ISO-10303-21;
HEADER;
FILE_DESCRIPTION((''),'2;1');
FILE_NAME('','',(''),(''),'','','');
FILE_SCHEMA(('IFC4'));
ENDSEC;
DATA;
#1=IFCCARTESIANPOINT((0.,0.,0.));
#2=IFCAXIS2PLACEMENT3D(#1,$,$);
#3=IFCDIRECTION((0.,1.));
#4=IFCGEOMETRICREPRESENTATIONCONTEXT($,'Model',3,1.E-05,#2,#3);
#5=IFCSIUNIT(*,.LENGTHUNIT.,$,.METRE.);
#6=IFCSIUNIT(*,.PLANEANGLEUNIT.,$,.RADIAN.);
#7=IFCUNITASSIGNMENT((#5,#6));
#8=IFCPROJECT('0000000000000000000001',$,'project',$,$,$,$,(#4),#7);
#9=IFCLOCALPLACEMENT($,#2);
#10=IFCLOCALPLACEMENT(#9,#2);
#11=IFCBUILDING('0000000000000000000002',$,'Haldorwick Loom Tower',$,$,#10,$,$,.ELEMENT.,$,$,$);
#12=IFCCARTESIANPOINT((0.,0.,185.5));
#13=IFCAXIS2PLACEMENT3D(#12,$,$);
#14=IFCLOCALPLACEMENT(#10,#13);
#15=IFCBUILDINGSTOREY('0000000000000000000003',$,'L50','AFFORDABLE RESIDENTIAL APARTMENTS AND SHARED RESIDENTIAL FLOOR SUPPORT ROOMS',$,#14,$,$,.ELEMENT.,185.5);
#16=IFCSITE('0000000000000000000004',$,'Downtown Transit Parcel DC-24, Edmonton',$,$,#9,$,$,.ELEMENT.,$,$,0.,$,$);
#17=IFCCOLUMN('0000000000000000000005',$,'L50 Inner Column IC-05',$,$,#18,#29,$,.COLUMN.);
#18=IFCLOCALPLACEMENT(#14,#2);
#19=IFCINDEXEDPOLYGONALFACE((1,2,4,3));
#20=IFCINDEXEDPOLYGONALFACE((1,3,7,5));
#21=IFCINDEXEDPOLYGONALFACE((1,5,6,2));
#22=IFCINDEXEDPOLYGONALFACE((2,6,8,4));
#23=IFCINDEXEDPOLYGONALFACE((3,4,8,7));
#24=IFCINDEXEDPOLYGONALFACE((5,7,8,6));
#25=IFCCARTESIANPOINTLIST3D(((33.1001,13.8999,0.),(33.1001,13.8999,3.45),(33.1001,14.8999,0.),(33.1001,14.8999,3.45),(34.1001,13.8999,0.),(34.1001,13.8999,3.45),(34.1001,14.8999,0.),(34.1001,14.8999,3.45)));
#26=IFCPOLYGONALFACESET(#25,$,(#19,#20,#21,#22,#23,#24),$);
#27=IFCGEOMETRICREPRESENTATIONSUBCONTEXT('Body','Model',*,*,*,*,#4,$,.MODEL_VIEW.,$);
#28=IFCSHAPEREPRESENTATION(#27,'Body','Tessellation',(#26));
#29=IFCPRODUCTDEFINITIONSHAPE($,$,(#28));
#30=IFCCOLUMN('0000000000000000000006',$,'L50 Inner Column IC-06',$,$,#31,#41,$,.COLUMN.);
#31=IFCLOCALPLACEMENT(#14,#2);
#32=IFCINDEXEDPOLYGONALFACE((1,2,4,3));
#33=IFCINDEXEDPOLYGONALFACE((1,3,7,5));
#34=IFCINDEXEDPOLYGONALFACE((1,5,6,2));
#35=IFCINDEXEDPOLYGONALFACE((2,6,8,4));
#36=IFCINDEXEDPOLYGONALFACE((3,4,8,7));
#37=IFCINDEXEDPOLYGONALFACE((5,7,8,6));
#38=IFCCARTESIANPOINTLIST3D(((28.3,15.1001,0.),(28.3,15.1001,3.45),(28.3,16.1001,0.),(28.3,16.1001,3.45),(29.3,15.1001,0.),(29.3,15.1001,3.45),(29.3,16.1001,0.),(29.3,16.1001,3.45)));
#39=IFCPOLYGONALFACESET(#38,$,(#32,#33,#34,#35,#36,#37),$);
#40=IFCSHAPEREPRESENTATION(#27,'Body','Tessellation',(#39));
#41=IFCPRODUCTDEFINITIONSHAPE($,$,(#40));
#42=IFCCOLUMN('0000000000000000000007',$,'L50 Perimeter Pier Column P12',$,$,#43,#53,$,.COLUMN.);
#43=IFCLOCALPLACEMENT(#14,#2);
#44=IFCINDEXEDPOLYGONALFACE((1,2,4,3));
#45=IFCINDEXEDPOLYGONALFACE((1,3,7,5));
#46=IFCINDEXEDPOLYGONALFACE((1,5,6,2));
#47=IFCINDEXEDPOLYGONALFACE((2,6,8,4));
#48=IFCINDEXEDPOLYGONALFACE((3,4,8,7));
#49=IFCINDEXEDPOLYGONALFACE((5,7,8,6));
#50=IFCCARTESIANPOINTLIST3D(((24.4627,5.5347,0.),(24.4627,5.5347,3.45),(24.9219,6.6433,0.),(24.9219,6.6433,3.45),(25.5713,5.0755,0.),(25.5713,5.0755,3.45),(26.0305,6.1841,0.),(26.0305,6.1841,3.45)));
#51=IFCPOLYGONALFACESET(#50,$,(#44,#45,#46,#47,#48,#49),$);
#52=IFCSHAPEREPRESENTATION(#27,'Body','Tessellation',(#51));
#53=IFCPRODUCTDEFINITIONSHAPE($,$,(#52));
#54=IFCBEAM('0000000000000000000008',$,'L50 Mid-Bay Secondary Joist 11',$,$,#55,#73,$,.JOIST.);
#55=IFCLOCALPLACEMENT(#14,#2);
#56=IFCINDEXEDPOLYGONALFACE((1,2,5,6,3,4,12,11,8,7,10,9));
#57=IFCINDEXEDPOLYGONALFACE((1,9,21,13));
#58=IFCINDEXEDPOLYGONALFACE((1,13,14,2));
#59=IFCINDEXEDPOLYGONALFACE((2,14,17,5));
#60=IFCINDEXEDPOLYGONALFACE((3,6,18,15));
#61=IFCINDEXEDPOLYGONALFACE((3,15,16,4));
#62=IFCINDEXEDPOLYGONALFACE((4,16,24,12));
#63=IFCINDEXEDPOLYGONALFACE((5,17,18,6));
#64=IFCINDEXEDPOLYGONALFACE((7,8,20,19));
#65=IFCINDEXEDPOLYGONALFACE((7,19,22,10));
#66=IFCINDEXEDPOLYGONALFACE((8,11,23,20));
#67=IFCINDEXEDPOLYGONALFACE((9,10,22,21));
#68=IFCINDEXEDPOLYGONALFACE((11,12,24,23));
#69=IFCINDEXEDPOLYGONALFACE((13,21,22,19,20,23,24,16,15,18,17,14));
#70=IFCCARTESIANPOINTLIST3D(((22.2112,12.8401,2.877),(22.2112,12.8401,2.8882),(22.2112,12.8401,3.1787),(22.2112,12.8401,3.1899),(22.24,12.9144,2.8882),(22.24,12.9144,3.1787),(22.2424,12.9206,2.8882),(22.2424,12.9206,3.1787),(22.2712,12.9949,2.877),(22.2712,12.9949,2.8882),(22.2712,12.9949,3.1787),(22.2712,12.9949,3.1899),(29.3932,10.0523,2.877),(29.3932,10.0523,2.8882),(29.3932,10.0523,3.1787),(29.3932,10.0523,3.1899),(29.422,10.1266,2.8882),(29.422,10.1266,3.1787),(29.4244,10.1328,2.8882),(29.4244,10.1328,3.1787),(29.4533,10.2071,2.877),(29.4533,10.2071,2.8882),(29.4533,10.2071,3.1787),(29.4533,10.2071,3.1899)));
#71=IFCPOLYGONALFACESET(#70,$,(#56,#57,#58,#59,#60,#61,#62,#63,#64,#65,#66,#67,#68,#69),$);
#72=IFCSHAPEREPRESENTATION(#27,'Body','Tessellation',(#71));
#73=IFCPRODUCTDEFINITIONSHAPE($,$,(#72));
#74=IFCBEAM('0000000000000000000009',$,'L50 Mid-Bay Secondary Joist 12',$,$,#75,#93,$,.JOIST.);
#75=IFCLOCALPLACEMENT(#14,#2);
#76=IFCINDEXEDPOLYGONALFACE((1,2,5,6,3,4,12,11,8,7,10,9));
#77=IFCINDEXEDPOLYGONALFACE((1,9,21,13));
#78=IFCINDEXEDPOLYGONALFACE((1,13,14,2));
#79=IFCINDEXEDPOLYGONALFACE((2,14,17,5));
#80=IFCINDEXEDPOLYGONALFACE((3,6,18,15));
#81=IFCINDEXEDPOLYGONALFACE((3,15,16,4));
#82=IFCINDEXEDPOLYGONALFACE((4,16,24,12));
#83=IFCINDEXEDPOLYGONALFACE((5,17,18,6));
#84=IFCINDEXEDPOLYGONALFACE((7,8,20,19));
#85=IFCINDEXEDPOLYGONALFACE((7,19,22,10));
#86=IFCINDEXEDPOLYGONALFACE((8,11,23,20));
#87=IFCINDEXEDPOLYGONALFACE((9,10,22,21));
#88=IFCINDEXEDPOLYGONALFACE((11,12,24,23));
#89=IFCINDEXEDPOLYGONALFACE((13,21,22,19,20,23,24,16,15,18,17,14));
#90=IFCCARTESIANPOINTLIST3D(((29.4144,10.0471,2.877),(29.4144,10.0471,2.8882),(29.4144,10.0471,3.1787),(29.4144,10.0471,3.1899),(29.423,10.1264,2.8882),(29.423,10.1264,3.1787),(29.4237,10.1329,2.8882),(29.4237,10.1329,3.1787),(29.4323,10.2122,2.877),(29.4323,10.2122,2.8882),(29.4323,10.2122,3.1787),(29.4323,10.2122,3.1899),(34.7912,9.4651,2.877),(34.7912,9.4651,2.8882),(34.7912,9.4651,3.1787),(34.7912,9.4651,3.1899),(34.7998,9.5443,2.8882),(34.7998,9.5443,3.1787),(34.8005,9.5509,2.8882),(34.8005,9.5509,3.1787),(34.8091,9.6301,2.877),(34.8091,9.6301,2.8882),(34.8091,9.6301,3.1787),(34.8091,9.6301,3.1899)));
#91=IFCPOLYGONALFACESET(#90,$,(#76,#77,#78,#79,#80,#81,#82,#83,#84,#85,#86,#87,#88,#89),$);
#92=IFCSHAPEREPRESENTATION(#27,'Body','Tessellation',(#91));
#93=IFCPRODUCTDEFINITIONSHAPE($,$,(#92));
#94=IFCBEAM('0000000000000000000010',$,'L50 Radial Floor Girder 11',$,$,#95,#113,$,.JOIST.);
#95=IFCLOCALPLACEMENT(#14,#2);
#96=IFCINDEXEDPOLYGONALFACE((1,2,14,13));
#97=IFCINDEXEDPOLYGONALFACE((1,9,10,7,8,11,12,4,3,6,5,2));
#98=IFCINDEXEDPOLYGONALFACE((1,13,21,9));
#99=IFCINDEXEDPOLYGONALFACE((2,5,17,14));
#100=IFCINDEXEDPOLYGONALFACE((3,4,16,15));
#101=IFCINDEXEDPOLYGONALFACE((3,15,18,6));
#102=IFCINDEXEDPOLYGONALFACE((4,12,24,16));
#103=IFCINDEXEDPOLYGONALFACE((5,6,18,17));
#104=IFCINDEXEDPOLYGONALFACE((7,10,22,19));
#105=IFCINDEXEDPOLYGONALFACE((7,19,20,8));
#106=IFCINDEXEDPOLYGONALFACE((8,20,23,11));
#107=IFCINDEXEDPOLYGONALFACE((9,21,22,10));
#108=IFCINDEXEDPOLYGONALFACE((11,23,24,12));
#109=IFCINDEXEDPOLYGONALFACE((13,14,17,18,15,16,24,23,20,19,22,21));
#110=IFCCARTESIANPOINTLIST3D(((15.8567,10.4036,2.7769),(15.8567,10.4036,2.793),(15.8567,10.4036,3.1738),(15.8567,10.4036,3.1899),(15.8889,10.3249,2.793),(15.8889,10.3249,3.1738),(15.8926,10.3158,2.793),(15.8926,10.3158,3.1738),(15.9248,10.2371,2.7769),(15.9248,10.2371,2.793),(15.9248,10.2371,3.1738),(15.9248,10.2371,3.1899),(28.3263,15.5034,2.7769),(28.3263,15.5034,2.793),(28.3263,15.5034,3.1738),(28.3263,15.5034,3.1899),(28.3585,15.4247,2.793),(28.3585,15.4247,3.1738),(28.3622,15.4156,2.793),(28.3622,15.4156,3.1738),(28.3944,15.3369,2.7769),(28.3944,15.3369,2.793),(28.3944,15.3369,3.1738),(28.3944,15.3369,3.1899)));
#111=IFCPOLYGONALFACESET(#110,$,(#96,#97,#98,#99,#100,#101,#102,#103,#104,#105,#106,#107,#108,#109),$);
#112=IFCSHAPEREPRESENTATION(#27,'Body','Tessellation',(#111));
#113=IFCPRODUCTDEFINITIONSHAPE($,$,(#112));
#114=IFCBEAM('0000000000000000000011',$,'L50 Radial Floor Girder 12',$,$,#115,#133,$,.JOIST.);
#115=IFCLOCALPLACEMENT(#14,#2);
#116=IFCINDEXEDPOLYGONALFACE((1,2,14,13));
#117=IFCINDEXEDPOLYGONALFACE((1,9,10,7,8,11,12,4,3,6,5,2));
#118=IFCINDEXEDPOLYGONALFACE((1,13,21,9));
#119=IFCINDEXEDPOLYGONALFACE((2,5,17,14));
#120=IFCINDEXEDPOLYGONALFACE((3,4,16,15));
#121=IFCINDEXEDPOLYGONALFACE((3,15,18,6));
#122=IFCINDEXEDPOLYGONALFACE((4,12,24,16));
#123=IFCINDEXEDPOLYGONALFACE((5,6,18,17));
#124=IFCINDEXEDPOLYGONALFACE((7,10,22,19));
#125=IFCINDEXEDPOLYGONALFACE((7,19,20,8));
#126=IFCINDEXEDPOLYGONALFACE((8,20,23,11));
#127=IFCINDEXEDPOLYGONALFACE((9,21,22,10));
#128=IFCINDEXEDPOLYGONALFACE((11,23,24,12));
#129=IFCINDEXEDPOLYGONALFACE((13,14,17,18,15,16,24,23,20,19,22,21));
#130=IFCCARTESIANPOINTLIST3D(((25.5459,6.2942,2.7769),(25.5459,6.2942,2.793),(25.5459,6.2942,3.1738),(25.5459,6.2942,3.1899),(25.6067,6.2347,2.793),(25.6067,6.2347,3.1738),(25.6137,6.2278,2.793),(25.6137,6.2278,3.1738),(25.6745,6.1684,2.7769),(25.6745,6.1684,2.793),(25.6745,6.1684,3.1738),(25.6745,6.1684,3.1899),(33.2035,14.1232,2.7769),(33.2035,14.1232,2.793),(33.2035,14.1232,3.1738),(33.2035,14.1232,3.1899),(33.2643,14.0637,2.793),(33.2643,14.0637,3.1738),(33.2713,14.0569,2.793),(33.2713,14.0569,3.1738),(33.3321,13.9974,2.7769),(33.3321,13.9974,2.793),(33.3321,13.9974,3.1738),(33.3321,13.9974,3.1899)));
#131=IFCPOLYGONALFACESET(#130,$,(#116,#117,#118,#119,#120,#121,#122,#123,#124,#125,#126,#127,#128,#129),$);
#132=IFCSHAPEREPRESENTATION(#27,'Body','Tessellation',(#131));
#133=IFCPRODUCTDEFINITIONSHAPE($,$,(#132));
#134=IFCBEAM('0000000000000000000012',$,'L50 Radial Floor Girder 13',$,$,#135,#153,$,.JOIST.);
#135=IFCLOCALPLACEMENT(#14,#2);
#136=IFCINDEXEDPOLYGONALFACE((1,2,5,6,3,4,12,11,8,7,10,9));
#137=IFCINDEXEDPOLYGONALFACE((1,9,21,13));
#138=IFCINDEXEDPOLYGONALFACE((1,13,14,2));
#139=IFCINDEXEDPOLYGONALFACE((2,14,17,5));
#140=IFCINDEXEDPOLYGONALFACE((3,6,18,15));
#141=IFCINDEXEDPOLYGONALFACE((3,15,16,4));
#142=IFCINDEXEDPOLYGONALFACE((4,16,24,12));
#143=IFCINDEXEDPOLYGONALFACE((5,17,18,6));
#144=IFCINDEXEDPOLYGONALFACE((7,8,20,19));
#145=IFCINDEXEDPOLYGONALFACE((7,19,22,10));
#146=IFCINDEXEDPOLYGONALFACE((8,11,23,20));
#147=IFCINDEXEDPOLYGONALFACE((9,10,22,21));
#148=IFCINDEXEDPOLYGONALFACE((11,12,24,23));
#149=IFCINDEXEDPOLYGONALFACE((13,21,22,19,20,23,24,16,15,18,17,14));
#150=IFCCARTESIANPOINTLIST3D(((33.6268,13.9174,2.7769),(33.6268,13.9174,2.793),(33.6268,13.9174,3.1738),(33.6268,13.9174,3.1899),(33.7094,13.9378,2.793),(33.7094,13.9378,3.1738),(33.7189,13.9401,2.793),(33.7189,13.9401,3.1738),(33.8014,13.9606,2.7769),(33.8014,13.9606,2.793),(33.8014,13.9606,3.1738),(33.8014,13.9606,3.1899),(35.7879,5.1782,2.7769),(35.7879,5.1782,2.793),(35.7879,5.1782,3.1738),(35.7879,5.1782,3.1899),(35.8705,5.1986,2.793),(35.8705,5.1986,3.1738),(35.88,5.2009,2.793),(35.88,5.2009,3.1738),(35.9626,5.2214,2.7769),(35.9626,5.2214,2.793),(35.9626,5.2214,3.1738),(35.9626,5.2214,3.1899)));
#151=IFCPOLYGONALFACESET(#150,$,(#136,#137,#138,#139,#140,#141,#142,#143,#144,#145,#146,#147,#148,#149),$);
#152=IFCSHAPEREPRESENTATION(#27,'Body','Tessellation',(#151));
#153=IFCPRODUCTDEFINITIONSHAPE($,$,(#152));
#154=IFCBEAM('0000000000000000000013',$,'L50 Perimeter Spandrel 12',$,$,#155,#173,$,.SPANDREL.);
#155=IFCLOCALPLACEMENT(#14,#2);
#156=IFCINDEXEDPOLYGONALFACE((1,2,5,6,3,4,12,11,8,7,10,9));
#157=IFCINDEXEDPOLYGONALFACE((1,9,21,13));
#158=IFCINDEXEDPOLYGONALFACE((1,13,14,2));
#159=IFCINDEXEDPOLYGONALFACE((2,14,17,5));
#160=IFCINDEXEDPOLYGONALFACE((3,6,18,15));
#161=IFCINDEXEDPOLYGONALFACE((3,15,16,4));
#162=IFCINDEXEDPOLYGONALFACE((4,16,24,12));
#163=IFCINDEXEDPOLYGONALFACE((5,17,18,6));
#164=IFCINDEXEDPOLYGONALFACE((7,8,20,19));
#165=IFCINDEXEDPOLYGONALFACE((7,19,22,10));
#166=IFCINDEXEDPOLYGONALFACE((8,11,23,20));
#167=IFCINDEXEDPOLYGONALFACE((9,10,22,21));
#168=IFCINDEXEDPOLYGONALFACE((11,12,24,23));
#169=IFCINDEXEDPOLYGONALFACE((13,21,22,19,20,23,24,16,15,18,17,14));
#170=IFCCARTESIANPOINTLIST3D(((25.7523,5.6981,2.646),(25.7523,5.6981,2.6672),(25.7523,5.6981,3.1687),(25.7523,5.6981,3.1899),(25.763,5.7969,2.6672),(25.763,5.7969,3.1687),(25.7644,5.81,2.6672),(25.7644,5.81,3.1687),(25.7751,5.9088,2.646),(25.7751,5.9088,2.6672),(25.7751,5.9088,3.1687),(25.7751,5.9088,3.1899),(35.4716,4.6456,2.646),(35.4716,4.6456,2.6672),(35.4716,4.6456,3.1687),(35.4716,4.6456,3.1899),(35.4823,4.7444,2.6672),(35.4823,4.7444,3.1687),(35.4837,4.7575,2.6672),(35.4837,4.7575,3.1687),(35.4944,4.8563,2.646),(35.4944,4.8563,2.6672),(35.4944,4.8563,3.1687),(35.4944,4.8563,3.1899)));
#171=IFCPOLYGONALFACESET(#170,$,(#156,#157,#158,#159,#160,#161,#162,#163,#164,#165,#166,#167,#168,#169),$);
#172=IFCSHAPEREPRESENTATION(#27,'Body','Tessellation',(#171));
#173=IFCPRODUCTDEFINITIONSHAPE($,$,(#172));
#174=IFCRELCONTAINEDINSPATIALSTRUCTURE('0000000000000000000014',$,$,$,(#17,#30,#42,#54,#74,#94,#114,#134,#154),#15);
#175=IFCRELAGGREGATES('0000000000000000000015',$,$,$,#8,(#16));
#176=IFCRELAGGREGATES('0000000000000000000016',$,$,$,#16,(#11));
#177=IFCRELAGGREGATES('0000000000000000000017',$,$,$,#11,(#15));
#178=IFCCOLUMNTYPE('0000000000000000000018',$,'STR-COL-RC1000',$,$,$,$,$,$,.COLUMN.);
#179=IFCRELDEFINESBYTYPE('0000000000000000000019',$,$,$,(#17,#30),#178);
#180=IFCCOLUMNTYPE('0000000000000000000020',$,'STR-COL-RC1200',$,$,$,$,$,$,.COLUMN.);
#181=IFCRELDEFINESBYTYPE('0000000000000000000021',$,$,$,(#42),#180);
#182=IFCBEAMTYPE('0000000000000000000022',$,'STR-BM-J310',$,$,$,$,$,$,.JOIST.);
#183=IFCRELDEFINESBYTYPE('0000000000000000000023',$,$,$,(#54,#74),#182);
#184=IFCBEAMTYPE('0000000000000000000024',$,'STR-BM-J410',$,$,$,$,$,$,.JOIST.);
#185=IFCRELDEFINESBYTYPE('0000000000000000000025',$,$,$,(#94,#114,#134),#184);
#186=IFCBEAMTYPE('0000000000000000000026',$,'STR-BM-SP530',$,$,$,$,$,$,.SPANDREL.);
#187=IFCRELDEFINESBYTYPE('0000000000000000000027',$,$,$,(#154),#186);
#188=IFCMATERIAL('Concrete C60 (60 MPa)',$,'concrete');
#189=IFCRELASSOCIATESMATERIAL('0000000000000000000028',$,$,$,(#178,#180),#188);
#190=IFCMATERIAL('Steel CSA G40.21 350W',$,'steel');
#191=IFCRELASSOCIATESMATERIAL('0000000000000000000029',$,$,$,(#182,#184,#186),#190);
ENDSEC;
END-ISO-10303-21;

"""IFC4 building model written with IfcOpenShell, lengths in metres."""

from ifc_helpers import new_model, si_unit, direction, frame, origin, origin_2d, place, context, subcontext, project, spatial, rectangle, i_section, extrude, material, material_profile, profile_set, type_object, element, save


model = new_model("IFC4")

# Units and contexts
model_context = context("Model", 3, precision=1e-05, world=origin(), true_north=direction((0.0, 1.0)))
body_context = subcontext(model_context, "Body", "Model", "MODEL_VIEW")
ifc_project = project(units=[si_unit("LENGTHUNIT", "METRE"), si_unit("PLANEANGLEUNIT", "RADIAN")], contexts=[model_context])

# Site, building, storey
site_placement = place(None, origin())
site = spatial("IfcSite", under=ifc_project, at=site_placement, Name="Downtown Transit Parcel DC-24, Edmonton", CompositionType="ELEMENT", RefElevation=0.0)
building_placement = place(site_placement, origin())
building = spatial("IfcBuilding", under=site, at=building_placement, Name="Haldorwick Loom Tower", CompositionType="ELEMENT")
storey_placement = place(building_placement, frame((0.0, 0.0, 185.5)))
storey = spatial("IfcBuildingStorey", under=building, at=storey_placement, Name="L50", Description="AFFORDABLE RESIDENTIAL APARTMENTS AND SHARED RESIDENTIAL FLOOR SUPPORT ROOMS", CompositionType="ELEMENT", Elevation=185.5)

# Columns
ifc_material_1 = material(Name="Concrete C60 (60 MPa)", Category="concrete")
ifc_material_profile_1 = material_profile(ifc_material_1, rectangle(XDim=1.0, YDim=1.0, at=origin_2d()), Name="RC1000X1000", Category="concrete")
ifc_profile_set_1 = profile_set([ifc_material_profile_1], Name="Concrete C60 (60 MPa)")
column_type_1 = type_object("IfcColumnType", Name="STR-COL-RC1000", PredefinedType="COLUMN", material=ifc_profile_set_1)
for number, where, z_axis, x_axis, name in (
    (1, (33.6001, 14.3999, 0.0), (0.0, 0.0, 1.0), (1.0, 0.0, 0.0), "L50 Inner Column IC-05"),
    (2, (28.8, 15.6001, 0.0), (0.0, 0.0, 1.0), (1.0, 0.0, 0.0), "L50 Inner Column IC-06"),
):
    element("IfcColumn", number, at=place(storey_placement, frame(where, z_axis=z_axis, x_axis=x_axis)), inside=storey, type_object=column_type_1, Name=name, PredefinedType="COLUMN", context=body_context, shape_type="SweptSolid", body=[
        extrude(rectangle(XDim=1.0, YDim=1.0, at=origin_2d()), origin(), (0.0, 0.0, 1.0), 3.45),
    ])
ifc_material_profile_2 = material_profile(ifc_material_1, rectangle(XDim=1.2, YDim=1.2, at=origin_2d()), Name="RC1200X1200", Category="concrete")
ifc_profile_set_2 = profile_set([ifc_material_profile_2], Name="Concrete C60 (60 MPa)")
column_type_2 = type_object("IfcColumnType", Name="STR-COL-RC1200", PredefinedType="COLUMN", material=ifc_profile_set_2)
column_placement = place(storey_placement, frame((25.2466, 5.8594, 0.0), z_axis=(0.0, 0.0, 1.0), x_axis=(-0.382683, -0.92388, 0.0)))
element("IfcColumn", 3, at=column_placement, inside=storey, type_object=column_type_2, Name="L50 Perimeter Pier Column P12", PredefinedType="COLUMN", context=body_context, shape_type="SweptSolid", body=[
    extrude(rectangle(XDim=1.2, YDim=1.2, at=origin_2d()), origin(), (0.0, 0.0, 1.0), 3.45),
])

# Beams
ifc_material_2 = material(Name="Steel CSA G40.21 350W", Category="steel")
ifc_material_profile_3 = material_profile(ifc_material_2, i_section(OverallWidth=0.166, OverallDepth=0.313, WebThickness=0.0066, FlangeThickness=0.0112, at=origin_2d()), Name="W310X45", Category="steel")
ifc_profile_set_3 = profile_set([ifc_material_profile_3], Name="Steel CSA G40.21 350W")
beam_type_1 = type_object("IfcBeamType", Name="STR-BM-J310", PredefinedType="JOIST", material=ifc_profile_set_3)
beam_1_placement = place(storey_placement, frame((22.2412, 12.9175, 3.0334), z_axis=(0.932233, -0.361859, 0.0), x_axis=(0.361859, 0.932233, 0.0)))
element("IfcBeam", 4, at=beam_1_placement, inside=storey, type_object=beam_type_1, Name="L50 Mid-Bay Secondary Joist 11", PredefinedType="JOIST", context=body_context, shape_type="SweptSolid", body=[
    extrude(i_section(OverallWidth=0.166, OverallDepth=0.313, WebThickness=0.0066, FlangeThickness=0.0112, at=origin_2d()), origin(), (0.0, 0.0, 1.0), 7.7041),
])
beam_2_placement = place(storey_placement, frame((29.4233, 10.1296, 3.0334), z_axis=(0.994192, -0.107622, 0.0), x_axis=(0.107622, 0.994192, 0.0)))
element("IfcBeam", 5, at=beam_2_placement, inside=storey, type_object=beam_type_1, Name="L50 Mid-Bay Secondary Joist 12", PredefinedType="JOIST", context=body_context, shape_type="SweptSolid", body=[
    extrude(i_section(OverallWidth=0.166, OverallDepth=0.313, WebThickness=0.0066, FlangeThickness=0.0112, at=origin_2d()), origin(), (0.0, 0.0, 1.0), 5.4082),
])
ifc_material_profile_4 = material_profile(ifc_material_2, i_section(OverallWidth=0.1799, OverallDepth=0.4131, WebThickness=0.0098, FlangeThickness=0.0161, at=origin_2d()), Name="W410X74", Category="steel")
ifc_profile_set_4 = profile_set([ifc_material_profile_4], Name="Steel CSA G40.21 350W")
beam_type_2 = type_object("IfcBeamType", Name="STR-BM-J410", PredefinedType="JOIST", material=ifc_profile_set_4)
beam_3_placement = place(storey_placement, frame((28.3604, 15.4202, 2.9834), z_axis=(-0.925583, -0.378544, 0.0), x_axis=(0.378544, -0.925583, 0.0)))
element("IfcBeam", 6, at=beam_3_placement, inside=storey, type_object=beam_type_2, Name="L50 Radial Floor Girder 11", PredefinedType="JOIST", context=body_context, shape_type="SweptSolid", body=[
    extrude(i_section(OverallWidth=0.1799, OverallDepth=0.4131, WebThickness=0.0098, FlangeThickness=0.0161, at=origin_2d()), origin(), (0.0, 0.0, 1.0), 13.4722),
])
beam_4_placement = place(storey_placement, frame((33.2678, 14.0603, 2.9834), z_axis=(-0.699239, -0.714888, 0.0), x_axis=(0.714888, -0.699239, 0.0)))
element("IfcBeam", 7, at=beam_4_placement, inside=storey, type_object=beam_type_2, Name="L50 Radial Floor Girder 12", PredefinedType="JOIST", context=body_context, shape_type="SweptSolid", body=[
    extrude(i_section(OverallWidth=0.1799, OverallDepth=0.4131, WebThickness=0.0098, FlangeThickness=0.0161, at=origin_2d()), origin(), (0.0, 0.0, 1.0), 10.9514),
])
beam_5_placement = place(storey_placement, frame((33.7141, 13.939, 2.9834), z_axis=(0.240059, -0.970758, 0.0), x_axis=(0.970758, 0.240059, 0.0)))
element("IfcBeam", 8, at=beam_5_placement, inside=storey, type_object=beam_type_2, Name="L50 Radial Floor Girder 13", PredefinedType="JOIST", context=body_context, shape_type="SweptSolid", body=[
    extrude(i_section(OverallWidth=0.1799, OverallDepth=0.4131, WebThickness=0.0098, FlangeThickness=0.0161, at=origin_2d()), origin(), (0.0, 0.0, 1.0), 9.0024),
])
ifc_material_profile_5 = material_profile(ifc_material_2, i_section(OverallWidth=0.2119, OverallDepth=0.5439, WebThickness=0.0132, FlangeThickness=0.0212, at=origin_2d()), Name="W530X123", Category="steel")
ifc_profile_set_5 = profile_set([ifc_material_profile_5], Name="Steel CSA G40.21 350W")
beam_type_3 = type_object("IfcBeamType", Name="STR-BM-SP530", PredefinedType="SPANDREL", material=ifc_profile_set_5)
beam_6_placement = place(storey_placement, frame((25.7637, 5.8035, 2.918), z_axis=(0.994188, -0.10766, 0.0), x_axis=(0.10766, 0.994188, 0.0)))
element("IfcBeam", 9, at=beam_6_placement, inside=storey, type_object=beam_type_3, Name="L50 Perimeter Spandrel 12", PredefinedType="SPANDREL", context=body_context, shape_type="SweptSolid", body=[
    extrude(i_section(OverallWidth=0.2119, OverallDepth=0.5439, WebThickness=0.0132, FlangeThickness=0.0212, at=origin_2d()), origin(), (0.0, 0.0, 1.0), 9.7761),
])

save(model, "model.ifc")
